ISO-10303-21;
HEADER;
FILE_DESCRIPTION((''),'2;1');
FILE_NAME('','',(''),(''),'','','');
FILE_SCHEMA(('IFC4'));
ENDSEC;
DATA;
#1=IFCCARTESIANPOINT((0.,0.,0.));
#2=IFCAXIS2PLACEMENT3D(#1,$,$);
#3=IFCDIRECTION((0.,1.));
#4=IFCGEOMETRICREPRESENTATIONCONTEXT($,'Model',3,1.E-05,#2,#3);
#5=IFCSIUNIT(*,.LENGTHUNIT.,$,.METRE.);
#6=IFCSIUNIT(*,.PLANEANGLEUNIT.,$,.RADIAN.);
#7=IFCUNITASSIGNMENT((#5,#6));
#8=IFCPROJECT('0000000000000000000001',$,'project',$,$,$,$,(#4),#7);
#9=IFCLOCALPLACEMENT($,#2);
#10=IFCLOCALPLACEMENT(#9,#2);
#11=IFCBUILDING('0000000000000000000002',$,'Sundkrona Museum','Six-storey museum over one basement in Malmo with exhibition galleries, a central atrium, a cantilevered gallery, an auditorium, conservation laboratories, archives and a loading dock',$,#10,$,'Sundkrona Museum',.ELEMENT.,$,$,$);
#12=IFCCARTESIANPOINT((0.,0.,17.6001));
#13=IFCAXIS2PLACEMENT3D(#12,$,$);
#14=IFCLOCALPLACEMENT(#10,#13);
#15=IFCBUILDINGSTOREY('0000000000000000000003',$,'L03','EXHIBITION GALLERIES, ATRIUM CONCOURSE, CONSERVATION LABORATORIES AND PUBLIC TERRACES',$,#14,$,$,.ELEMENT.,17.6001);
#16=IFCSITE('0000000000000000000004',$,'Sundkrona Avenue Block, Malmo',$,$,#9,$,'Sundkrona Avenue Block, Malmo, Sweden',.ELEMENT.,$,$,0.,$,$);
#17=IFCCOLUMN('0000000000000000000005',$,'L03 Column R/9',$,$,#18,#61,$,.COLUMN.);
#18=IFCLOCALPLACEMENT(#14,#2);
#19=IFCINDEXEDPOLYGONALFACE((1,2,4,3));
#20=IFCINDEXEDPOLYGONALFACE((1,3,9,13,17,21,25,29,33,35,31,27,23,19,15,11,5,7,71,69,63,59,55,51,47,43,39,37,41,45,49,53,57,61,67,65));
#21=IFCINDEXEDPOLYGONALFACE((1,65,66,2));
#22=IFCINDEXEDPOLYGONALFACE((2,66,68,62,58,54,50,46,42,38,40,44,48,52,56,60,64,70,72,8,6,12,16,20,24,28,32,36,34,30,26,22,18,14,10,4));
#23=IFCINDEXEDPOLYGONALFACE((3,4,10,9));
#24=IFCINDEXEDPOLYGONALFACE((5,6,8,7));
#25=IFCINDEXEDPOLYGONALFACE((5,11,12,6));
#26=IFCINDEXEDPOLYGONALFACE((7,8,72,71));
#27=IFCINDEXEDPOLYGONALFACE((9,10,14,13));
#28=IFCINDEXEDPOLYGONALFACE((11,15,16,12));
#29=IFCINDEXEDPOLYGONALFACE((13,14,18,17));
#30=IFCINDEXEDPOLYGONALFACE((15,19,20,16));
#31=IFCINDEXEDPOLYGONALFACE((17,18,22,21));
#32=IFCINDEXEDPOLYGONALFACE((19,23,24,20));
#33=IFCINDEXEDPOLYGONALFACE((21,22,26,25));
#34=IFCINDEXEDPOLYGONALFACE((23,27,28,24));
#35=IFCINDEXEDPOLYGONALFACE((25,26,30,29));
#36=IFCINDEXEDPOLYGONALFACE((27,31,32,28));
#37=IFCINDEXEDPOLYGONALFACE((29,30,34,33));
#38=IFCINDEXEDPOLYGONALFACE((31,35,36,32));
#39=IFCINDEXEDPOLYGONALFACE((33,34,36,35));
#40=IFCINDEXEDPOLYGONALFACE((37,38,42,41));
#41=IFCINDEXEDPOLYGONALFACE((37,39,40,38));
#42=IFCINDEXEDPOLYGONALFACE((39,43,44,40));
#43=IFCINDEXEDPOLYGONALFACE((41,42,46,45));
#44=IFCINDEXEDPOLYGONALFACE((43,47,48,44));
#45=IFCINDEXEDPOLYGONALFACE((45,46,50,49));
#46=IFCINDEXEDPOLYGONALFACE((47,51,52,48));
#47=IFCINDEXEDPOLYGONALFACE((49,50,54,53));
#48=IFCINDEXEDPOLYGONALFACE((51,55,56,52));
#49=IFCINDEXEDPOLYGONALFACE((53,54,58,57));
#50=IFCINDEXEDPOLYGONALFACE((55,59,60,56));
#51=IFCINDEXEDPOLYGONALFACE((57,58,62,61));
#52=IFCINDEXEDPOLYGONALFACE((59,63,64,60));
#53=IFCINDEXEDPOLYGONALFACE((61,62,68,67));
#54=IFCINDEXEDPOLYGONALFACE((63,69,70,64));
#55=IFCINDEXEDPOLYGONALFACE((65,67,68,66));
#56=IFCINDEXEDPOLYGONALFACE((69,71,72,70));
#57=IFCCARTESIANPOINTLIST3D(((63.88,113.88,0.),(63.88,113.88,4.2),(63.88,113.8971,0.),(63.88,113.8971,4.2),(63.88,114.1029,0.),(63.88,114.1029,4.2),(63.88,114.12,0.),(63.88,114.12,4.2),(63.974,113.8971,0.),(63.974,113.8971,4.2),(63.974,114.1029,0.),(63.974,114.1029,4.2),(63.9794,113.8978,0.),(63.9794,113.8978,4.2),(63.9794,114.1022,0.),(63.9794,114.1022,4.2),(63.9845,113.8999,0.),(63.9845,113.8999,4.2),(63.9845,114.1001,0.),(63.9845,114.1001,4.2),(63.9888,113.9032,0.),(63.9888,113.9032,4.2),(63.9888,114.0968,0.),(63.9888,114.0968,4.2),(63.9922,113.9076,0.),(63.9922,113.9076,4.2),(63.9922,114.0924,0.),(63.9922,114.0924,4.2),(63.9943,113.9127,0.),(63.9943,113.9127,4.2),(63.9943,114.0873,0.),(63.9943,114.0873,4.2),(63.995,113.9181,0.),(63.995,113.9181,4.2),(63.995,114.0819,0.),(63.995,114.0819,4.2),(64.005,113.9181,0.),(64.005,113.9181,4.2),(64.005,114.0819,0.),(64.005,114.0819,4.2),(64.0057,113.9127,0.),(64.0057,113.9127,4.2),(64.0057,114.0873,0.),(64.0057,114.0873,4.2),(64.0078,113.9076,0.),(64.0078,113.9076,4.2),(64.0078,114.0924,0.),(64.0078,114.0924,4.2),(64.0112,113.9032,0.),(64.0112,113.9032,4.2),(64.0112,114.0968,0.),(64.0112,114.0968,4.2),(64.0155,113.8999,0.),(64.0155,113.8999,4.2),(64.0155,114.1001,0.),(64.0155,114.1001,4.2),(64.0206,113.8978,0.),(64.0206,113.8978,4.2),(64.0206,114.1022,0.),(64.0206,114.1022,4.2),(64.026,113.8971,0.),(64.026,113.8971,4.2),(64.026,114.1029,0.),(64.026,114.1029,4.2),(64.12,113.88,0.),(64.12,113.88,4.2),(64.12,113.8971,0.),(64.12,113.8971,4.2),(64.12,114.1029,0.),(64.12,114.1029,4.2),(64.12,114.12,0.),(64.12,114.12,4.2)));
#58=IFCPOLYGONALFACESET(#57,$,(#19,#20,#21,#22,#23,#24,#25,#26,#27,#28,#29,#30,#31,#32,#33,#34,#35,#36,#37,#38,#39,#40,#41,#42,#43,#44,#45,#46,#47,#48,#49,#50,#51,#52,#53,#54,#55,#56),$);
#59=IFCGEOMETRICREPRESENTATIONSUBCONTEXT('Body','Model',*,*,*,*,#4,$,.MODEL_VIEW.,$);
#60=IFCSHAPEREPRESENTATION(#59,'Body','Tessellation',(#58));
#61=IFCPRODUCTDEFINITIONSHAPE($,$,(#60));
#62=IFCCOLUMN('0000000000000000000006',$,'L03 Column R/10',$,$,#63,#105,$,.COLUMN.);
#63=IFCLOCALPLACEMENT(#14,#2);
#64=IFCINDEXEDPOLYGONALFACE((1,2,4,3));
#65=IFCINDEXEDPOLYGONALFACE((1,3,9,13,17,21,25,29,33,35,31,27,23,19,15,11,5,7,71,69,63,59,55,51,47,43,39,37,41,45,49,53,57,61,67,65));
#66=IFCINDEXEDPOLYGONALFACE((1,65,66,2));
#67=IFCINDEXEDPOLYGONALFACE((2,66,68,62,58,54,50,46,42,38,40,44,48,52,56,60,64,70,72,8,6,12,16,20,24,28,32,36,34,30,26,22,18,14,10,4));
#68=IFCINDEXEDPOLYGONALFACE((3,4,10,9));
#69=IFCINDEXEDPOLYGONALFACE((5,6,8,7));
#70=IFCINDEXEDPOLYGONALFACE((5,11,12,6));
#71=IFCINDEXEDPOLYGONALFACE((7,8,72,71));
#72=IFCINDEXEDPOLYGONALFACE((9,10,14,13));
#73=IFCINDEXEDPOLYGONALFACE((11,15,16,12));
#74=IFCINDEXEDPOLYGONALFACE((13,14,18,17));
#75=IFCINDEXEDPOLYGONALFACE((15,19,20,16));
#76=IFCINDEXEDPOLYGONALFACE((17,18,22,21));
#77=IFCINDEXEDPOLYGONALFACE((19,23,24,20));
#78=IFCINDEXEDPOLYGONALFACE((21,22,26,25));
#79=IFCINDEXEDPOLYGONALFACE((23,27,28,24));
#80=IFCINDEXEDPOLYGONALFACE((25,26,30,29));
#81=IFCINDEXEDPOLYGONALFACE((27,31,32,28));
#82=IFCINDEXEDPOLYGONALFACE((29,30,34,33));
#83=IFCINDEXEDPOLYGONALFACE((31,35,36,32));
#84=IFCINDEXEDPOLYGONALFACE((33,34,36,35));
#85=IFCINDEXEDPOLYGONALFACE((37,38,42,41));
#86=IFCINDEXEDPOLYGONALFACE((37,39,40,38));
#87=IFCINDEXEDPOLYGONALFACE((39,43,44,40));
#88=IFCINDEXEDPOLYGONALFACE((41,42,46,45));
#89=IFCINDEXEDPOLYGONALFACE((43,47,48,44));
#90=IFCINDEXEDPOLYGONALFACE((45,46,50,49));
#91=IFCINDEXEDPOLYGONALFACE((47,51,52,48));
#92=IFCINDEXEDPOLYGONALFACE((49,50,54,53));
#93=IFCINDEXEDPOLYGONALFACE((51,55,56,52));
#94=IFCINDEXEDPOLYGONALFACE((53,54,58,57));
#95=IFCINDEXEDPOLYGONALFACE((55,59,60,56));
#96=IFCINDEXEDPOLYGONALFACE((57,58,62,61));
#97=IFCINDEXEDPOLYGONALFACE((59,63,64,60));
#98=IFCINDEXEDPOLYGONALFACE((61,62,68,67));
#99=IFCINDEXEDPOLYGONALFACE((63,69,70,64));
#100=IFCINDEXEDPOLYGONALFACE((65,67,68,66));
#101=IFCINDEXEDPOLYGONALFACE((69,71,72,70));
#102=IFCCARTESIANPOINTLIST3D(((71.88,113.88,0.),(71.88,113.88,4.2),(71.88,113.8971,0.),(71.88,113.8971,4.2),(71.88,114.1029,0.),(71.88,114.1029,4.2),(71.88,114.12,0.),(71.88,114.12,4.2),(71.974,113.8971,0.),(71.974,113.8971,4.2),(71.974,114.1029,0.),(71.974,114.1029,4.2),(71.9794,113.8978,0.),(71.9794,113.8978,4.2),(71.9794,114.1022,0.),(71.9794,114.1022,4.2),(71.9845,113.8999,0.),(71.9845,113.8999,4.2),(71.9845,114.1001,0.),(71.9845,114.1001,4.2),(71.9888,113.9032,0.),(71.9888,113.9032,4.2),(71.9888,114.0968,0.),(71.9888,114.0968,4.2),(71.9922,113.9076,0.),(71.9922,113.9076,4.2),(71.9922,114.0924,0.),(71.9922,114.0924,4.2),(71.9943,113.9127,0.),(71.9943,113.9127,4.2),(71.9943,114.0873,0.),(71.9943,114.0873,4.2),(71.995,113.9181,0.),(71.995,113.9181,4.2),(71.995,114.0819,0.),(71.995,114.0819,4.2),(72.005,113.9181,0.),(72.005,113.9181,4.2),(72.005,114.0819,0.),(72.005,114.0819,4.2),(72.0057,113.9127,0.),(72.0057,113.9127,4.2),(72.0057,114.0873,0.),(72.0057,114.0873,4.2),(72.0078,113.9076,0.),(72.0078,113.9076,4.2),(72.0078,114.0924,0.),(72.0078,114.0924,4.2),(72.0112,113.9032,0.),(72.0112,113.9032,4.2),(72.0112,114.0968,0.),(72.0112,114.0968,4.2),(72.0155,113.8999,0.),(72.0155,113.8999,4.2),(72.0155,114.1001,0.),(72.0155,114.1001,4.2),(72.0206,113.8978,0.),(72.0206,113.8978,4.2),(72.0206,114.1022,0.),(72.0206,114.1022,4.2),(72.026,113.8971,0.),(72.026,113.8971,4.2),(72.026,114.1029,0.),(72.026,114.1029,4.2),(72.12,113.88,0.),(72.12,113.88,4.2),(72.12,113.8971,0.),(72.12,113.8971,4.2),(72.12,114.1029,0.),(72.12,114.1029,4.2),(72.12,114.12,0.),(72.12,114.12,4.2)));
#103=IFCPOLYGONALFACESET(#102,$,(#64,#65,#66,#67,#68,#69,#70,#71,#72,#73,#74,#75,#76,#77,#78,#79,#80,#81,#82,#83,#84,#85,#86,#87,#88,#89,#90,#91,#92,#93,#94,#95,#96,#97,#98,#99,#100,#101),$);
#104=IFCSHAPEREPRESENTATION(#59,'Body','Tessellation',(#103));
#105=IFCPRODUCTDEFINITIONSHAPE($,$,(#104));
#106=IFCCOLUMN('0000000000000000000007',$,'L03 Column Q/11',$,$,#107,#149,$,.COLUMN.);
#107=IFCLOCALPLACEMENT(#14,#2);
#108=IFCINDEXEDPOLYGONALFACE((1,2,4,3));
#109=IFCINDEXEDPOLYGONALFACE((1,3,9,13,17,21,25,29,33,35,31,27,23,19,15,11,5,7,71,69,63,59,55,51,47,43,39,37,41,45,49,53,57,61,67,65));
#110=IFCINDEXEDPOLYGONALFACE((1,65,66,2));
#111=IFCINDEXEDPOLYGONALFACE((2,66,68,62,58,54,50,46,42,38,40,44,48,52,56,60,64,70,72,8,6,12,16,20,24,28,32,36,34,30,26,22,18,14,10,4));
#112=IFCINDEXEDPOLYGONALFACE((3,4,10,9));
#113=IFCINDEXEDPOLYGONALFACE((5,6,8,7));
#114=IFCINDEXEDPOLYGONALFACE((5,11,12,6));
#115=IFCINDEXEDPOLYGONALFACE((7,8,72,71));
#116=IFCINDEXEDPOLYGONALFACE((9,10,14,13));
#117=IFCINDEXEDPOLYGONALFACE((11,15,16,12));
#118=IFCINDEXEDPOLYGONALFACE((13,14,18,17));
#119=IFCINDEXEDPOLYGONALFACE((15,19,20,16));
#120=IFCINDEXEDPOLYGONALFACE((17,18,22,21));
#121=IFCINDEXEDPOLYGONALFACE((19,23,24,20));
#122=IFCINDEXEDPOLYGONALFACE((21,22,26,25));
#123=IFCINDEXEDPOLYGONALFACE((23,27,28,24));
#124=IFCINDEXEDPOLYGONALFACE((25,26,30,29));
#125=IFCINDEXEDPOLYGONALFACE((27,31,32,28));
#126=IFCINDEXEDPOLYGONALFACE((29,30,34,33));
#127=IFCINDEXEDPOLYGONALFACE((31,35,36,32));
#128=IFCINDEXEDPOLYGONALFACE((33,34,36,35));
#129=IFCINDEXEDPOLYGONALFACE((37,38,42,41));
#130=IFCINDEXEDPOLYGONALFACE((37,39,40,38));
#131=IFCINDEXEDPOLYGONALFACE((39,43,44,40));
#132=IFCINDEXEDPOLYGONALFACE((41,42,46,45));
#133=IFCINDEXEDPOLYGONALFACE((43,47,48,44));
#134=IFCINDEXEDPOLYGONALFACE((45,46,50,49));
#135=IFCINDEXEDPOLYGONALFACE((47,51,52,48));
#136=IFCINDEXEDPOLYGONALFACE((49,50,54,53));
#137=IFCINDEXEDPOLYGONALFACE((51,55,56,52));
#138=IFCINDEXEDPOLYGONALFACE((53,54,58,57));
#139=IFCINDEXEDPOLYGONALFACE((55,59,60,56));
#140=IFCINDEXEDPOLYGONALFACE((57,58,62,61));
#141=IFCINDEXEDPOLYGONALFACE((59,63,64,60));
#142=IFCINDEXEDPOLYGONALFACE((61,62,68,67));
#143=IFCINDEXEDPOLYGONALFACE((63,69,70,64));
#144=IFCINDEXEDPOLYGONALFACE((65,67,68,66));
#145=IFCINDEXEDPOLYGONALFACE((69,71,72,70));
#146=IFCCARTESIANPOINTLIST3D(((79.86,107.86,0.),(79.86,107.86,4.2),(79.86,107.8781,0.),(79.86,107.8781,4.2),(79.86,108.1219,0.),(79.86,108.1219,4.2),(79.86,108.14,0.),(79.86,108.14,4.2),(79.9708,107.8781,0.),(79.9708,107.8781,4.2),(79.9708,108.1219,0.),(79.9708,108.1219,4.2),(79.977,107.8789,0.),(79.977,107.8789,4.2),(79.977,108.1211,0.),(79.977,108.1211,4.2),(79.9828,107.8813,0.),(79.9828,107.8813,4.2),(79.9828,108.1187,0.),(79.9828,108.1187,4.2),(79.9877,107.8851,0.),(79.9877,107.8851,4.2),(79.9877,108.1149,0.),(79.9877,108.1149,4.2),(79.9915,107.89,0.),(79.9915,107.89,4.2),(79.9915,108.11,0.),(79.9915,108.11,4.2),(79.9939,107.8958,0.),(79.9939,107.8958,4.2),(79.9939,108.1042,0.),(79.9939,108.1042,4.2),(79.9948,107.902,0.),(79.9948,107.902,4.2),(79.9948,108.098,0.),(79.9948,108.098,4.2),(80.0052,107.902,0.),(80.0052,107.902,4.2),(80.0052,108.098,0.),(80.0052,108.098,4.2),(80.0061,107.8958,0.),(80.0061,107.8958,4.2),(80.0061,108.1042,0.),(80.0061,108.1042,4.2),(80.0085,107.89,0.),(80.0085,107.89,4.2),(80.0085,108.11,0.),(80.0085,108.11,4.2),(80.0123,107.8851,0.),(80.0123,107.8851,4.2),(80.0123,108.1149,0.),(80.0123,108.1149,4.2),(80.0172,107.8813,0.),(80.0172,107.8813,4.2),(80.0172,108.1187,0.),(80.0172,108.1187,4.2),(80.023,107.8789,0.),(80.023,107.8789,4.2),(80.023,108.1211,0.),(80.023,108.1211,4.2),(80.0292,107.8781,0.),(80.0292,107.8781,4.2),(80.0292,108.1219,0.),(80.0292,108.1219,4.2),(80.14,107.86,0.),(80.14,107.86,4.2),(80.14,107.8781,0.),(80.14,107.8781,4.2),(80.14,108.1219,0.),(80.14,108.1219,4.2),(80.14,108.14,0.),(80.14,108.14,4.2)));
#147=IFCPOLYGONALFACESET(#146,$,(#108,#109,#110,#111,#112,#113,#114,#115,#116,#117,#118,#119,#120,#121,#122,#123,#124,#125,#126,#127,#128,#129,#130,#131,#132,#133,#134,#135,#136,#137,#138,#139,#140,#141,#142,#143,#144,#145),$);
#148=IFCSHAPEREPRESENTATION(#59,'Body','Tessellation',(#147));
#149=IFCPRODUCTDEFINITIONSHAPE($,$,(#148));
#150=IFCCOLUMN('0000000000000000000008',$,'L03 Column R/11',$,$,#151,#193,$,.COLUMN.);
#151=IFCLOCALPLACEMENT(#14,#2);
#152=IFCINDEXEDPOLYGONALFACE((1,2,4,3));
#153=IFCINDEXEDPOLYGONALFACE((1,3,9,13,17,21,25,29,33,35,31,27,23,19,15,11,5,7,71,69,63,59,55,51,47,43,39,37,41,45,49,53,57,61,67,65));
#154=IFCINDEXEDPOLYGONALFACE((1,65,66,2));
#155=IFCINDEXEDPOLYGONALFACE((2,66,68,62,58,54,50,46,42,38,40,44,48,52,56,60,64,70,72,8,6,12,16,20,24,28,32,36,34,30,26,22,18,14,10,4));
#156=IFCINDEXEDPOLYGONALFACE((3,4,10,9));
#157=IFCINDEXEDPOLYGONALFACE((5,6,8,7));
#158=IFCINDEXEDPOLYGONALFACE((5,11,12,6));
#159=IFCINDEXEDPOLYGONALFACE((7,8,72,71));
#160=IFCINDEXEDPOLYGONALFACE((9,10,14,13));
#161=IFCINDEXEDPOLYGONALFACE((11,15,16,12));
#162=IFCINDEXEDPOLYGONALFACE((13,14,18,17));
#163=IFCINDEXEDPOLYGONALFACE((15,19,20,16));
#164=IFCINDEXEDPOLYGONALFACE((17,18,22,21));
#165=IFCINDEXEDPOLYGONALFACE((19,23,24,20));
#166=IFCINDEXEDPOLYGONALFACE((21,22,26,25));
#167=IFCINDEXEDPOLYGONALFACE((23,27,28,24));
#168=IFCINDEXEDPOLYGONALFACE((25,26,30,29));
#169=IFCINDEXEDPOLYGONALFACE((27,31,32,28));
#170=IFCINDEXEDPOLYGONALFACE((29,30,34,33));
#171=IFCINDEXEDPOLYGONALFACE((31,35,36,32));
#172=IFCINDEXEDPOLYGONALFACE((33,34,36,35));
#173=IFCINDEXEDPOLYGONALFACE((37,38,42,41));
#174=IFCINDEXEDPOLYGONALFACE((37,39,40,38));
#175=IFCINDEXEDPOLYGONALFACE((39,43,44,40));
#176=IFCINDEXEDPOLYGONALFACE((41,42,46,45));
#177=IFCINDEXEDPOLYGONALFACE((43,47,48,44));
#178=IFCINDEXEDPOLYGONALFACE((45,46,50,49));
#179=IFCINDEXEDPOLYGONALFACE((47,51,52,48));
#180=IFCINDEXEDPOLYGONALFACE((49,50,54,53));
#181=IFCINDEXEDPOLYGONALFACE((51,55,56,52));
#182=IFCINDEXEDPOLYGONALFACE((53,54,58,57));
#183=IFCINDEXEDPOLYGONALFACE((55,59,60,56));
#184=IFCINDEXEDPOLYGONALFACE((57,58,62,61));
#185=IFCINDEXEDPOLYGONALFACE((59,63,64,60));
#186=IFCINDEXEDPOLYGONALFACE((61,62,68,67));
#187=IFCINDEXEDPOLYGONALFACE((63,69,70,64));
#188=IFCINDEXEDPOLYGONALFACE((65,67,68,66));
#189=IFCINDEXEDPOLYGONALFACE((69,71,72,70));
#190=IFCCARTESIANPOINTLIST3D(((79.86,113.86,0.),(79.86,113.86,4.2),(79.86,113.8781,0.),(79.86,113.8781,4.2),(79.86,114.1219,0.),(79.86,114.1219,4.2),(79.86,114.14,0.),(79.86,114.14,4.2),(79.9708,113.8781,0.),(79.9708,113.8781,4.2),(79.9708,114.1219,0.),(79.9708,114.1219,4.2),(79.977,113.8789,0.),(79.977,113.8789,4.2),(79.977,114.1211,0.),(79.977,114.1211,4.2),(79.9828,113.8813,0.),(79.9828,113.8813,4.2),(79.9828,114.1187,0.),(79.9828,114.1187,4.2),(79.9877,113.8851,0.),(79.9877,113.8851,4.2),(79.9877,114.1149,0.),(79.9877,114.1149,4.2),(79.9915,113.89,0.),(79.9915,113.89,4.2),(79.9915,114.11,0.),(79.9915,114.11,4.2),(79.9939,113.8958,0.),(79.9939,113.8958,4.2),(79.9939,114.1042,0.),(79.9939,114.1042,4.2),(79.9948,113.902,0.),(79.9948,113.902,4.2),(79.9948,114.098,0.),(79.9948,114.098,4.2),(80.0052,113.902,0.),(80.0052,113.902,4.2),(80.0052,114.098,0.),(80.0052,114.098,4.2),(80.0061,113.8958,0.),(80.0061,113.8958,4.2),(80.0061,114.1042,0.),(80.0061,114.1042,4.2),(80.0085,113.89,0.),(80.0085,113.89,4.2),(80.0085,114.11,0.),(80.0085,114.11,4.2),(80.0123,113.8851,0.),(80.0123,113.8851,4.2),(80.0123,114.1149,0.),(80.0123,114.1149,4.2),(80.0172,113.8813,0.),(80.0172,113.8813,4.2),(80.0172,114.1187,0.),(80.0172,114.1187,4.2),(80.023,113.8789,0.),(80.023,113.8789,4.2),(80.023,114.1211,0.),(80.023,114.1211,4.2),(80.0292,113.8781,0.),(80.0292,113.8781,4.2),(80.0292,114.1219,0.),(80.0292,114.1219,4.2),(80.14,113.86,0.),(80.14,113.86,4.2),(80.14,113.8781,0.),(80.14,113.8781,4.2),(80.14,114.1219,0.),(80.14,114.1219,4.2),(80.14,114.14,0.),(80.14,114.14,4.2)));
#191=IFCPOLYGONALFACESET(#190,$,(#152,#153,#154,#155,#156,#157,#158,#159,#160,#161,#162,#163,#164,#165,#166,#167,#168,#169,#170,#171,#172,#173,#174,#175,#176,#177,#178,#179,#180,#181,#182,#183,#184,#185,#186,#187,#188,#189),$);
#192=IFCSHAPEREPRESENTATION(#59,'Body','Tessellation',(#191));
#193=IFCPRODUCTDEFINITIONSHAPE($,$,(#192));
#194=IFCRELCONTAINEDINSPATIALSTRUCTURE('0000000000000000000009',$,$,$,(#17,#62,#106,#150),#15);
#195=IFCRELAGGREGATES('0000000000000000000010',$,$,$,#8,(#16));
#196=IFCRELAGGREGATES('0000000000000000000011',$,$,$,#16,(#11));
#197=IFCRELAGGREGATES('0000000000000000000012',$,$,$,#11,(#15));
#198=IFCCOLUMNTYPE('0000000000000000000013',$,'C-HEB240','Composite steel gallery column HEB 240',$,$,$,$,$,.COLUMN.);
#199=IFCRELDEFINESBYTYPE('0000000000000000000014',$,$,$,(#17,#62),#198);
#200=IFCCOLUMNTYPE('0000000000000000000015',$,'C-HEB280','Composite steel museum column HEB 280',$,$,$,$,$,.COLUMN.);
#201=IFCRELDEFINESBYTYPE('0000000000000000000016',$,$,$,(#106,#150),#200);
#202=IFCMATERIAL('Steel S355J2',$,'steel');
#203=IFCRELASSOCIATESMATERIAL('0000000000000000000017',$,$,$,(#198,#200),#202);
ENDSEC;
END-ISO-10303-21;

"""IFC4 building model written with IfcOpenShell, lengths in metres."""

from ifc_helpers import new_model, si_unit, direction, frame, origin, origin_2d, place, context, subcontext, project, spatial, i_section, extrude, material, material_profile, profile_set, type_object, element, save


model = new_model("IFC4")

# Units and contexts
model_context = context("Model", 3, precision=1e-05, world=origin(), true_north=direction((0.0, 1.0)))
body_context = subcontext(model_context, "Body", "Model", "MODEL_VIEW")
ifc_project = project(units=[si_unit("LENGTHUNIT", "METRE"), si_unit("PLANEANGLEUNIT", "RADIAN")], contexts=[model_context])

# Site, building, storey
site_placement = place(None, origin())
site = spatial("IfcSite", under=ifc_project, at=site_placement, Name="Sundkrona Avenue Block, Malmo", LongName="Sundkrona Avenue Block, Malmo, Sweden", CompositionType="ELEMENT", RefElevation=0.0)
building_placement = place(site_placement, origin())
building = spatial("IfcBuilding", under=site, at=building_placement, Name="Sundkrona Museum", Description="Six-storey museum over one basement in Malmo with exhibition galleries, a central atrium, a cantilevered gallery, an auditorium, conservation laboratories, archives and a loading dock", LongName="Sundkrona Museum", CompositionType="ELEMENT")
storey_placement = place(building_placement, frame((0.0, 0.0, 17.6001)))
storey = spatial("IfcBuildingStorey", under=building, at=storey_placement, Name="L03", Description="EXHIBITION GALLERIES, ATRIUM CONCOURSE, CONSERVATION LABORATORIES AND PUBLIC TERRACES", CompositionType="ELEMENT", Elevation=17.6001)

# Columns
ifc_material_1 = material(Name="Steel S355J2", Category="steel")
ifc_material_profile_1 = material_profile(ifc_material_1, i_section(OverallWidth=0.24, OverallDepth=0.24, WebThickness=0.01, FlangeThickness=0.0171, FilletRadius=0.021, at=origin_2d()), Name="HEB 240")
ifc_profile_set_1 = profile_set([ifc_material_profile_1], Name="Steel S355J2")
column_type_1 = type_object("IfcColumnType", Name="C-HEB240", Description="Composite steel gallery column HEB 240", PredefinedType="COLUMN", material=ifc_profile_set_1)
for number, where, z_axis, x_axis, name in (
    (1, (64.0, 114.0, 0.0), (0.0, 0.0, 1.0), (1.0, 0.0, 0.0), "L03 Column R/9"),
    (2, (72.0, 114.0, 0.0), (0.0, 0.0, 1.0), (1.0, 0.0, 0.0), "L03 Column R/10"),
):
    element("IfcColumn", number, at=place(storey_placement, frame(where, z_axis=z_axis, x_axis=x_axis)), inside=storey, type_object=column_type_1, Name=name, PredefinedType="COLUMN", context=body_context, shape_type="SweptSolid", body=[
        extrude(i_section(OverallWidth=0.24, OverallDepth=0.24, WebThickness=0.01, FlangeThickness=0.0171, FilletRadius=0.021, at=origin_2d()), origin(), (0.0, 0.0, 1.0), 4.2),
    ])
ifc_material_profile_2 = material_profile(ifc_material_1, i_section(OverallWidth=0.28, OverallDepth=0.28, WebThickness=0.0105, FlangeThickness=0.0181, FilletRadius=0.0239, at=origin_2d()), Name="HEB 280")
ifc_profile_set_2 = profile_set([ifc_material_profile_2], Name="Steel S355J2")
column_type_2 = type_object("IfcColumnType", Name="C-HEB280", Description="Composite steel museum column HEB 280", PredefinedType="COLUMN", material=ifc_profile_set_2)
for number, where, z_axis, x_axis, name in (
    (3, (80.0, 108.0, 0.0), (0.0, 0.0, 1.0), (1.0, 0.0, 0.0), "L03 Column Q/11"),
    (4, (80.0, 114.0, 0.0), (0.0, 0.0, 1.0), (1.0, 0.0, 0.0), "L03 Column R/11"),
):
    element("IfcColumn", number, at=place(storey_placement, frame(where, z_axis=z_axis, x_axis=x_axis)), inside=storey, type_object=column_type_2, Name=name, PredefinedType="COLUMN", context=body_context, shape_type="SweptSolid", body=[
        extrude(i_section(OverallWidth=0.28, OverallDepth=0.28, WebThickness=0.0105, FlangeThickness=0.0181, FilletRadius=0.0239, at=origin_2d()), origin(), (0.0, 0.0, 1.0), 4.2),
    ])

save(model, "model.ifc")
